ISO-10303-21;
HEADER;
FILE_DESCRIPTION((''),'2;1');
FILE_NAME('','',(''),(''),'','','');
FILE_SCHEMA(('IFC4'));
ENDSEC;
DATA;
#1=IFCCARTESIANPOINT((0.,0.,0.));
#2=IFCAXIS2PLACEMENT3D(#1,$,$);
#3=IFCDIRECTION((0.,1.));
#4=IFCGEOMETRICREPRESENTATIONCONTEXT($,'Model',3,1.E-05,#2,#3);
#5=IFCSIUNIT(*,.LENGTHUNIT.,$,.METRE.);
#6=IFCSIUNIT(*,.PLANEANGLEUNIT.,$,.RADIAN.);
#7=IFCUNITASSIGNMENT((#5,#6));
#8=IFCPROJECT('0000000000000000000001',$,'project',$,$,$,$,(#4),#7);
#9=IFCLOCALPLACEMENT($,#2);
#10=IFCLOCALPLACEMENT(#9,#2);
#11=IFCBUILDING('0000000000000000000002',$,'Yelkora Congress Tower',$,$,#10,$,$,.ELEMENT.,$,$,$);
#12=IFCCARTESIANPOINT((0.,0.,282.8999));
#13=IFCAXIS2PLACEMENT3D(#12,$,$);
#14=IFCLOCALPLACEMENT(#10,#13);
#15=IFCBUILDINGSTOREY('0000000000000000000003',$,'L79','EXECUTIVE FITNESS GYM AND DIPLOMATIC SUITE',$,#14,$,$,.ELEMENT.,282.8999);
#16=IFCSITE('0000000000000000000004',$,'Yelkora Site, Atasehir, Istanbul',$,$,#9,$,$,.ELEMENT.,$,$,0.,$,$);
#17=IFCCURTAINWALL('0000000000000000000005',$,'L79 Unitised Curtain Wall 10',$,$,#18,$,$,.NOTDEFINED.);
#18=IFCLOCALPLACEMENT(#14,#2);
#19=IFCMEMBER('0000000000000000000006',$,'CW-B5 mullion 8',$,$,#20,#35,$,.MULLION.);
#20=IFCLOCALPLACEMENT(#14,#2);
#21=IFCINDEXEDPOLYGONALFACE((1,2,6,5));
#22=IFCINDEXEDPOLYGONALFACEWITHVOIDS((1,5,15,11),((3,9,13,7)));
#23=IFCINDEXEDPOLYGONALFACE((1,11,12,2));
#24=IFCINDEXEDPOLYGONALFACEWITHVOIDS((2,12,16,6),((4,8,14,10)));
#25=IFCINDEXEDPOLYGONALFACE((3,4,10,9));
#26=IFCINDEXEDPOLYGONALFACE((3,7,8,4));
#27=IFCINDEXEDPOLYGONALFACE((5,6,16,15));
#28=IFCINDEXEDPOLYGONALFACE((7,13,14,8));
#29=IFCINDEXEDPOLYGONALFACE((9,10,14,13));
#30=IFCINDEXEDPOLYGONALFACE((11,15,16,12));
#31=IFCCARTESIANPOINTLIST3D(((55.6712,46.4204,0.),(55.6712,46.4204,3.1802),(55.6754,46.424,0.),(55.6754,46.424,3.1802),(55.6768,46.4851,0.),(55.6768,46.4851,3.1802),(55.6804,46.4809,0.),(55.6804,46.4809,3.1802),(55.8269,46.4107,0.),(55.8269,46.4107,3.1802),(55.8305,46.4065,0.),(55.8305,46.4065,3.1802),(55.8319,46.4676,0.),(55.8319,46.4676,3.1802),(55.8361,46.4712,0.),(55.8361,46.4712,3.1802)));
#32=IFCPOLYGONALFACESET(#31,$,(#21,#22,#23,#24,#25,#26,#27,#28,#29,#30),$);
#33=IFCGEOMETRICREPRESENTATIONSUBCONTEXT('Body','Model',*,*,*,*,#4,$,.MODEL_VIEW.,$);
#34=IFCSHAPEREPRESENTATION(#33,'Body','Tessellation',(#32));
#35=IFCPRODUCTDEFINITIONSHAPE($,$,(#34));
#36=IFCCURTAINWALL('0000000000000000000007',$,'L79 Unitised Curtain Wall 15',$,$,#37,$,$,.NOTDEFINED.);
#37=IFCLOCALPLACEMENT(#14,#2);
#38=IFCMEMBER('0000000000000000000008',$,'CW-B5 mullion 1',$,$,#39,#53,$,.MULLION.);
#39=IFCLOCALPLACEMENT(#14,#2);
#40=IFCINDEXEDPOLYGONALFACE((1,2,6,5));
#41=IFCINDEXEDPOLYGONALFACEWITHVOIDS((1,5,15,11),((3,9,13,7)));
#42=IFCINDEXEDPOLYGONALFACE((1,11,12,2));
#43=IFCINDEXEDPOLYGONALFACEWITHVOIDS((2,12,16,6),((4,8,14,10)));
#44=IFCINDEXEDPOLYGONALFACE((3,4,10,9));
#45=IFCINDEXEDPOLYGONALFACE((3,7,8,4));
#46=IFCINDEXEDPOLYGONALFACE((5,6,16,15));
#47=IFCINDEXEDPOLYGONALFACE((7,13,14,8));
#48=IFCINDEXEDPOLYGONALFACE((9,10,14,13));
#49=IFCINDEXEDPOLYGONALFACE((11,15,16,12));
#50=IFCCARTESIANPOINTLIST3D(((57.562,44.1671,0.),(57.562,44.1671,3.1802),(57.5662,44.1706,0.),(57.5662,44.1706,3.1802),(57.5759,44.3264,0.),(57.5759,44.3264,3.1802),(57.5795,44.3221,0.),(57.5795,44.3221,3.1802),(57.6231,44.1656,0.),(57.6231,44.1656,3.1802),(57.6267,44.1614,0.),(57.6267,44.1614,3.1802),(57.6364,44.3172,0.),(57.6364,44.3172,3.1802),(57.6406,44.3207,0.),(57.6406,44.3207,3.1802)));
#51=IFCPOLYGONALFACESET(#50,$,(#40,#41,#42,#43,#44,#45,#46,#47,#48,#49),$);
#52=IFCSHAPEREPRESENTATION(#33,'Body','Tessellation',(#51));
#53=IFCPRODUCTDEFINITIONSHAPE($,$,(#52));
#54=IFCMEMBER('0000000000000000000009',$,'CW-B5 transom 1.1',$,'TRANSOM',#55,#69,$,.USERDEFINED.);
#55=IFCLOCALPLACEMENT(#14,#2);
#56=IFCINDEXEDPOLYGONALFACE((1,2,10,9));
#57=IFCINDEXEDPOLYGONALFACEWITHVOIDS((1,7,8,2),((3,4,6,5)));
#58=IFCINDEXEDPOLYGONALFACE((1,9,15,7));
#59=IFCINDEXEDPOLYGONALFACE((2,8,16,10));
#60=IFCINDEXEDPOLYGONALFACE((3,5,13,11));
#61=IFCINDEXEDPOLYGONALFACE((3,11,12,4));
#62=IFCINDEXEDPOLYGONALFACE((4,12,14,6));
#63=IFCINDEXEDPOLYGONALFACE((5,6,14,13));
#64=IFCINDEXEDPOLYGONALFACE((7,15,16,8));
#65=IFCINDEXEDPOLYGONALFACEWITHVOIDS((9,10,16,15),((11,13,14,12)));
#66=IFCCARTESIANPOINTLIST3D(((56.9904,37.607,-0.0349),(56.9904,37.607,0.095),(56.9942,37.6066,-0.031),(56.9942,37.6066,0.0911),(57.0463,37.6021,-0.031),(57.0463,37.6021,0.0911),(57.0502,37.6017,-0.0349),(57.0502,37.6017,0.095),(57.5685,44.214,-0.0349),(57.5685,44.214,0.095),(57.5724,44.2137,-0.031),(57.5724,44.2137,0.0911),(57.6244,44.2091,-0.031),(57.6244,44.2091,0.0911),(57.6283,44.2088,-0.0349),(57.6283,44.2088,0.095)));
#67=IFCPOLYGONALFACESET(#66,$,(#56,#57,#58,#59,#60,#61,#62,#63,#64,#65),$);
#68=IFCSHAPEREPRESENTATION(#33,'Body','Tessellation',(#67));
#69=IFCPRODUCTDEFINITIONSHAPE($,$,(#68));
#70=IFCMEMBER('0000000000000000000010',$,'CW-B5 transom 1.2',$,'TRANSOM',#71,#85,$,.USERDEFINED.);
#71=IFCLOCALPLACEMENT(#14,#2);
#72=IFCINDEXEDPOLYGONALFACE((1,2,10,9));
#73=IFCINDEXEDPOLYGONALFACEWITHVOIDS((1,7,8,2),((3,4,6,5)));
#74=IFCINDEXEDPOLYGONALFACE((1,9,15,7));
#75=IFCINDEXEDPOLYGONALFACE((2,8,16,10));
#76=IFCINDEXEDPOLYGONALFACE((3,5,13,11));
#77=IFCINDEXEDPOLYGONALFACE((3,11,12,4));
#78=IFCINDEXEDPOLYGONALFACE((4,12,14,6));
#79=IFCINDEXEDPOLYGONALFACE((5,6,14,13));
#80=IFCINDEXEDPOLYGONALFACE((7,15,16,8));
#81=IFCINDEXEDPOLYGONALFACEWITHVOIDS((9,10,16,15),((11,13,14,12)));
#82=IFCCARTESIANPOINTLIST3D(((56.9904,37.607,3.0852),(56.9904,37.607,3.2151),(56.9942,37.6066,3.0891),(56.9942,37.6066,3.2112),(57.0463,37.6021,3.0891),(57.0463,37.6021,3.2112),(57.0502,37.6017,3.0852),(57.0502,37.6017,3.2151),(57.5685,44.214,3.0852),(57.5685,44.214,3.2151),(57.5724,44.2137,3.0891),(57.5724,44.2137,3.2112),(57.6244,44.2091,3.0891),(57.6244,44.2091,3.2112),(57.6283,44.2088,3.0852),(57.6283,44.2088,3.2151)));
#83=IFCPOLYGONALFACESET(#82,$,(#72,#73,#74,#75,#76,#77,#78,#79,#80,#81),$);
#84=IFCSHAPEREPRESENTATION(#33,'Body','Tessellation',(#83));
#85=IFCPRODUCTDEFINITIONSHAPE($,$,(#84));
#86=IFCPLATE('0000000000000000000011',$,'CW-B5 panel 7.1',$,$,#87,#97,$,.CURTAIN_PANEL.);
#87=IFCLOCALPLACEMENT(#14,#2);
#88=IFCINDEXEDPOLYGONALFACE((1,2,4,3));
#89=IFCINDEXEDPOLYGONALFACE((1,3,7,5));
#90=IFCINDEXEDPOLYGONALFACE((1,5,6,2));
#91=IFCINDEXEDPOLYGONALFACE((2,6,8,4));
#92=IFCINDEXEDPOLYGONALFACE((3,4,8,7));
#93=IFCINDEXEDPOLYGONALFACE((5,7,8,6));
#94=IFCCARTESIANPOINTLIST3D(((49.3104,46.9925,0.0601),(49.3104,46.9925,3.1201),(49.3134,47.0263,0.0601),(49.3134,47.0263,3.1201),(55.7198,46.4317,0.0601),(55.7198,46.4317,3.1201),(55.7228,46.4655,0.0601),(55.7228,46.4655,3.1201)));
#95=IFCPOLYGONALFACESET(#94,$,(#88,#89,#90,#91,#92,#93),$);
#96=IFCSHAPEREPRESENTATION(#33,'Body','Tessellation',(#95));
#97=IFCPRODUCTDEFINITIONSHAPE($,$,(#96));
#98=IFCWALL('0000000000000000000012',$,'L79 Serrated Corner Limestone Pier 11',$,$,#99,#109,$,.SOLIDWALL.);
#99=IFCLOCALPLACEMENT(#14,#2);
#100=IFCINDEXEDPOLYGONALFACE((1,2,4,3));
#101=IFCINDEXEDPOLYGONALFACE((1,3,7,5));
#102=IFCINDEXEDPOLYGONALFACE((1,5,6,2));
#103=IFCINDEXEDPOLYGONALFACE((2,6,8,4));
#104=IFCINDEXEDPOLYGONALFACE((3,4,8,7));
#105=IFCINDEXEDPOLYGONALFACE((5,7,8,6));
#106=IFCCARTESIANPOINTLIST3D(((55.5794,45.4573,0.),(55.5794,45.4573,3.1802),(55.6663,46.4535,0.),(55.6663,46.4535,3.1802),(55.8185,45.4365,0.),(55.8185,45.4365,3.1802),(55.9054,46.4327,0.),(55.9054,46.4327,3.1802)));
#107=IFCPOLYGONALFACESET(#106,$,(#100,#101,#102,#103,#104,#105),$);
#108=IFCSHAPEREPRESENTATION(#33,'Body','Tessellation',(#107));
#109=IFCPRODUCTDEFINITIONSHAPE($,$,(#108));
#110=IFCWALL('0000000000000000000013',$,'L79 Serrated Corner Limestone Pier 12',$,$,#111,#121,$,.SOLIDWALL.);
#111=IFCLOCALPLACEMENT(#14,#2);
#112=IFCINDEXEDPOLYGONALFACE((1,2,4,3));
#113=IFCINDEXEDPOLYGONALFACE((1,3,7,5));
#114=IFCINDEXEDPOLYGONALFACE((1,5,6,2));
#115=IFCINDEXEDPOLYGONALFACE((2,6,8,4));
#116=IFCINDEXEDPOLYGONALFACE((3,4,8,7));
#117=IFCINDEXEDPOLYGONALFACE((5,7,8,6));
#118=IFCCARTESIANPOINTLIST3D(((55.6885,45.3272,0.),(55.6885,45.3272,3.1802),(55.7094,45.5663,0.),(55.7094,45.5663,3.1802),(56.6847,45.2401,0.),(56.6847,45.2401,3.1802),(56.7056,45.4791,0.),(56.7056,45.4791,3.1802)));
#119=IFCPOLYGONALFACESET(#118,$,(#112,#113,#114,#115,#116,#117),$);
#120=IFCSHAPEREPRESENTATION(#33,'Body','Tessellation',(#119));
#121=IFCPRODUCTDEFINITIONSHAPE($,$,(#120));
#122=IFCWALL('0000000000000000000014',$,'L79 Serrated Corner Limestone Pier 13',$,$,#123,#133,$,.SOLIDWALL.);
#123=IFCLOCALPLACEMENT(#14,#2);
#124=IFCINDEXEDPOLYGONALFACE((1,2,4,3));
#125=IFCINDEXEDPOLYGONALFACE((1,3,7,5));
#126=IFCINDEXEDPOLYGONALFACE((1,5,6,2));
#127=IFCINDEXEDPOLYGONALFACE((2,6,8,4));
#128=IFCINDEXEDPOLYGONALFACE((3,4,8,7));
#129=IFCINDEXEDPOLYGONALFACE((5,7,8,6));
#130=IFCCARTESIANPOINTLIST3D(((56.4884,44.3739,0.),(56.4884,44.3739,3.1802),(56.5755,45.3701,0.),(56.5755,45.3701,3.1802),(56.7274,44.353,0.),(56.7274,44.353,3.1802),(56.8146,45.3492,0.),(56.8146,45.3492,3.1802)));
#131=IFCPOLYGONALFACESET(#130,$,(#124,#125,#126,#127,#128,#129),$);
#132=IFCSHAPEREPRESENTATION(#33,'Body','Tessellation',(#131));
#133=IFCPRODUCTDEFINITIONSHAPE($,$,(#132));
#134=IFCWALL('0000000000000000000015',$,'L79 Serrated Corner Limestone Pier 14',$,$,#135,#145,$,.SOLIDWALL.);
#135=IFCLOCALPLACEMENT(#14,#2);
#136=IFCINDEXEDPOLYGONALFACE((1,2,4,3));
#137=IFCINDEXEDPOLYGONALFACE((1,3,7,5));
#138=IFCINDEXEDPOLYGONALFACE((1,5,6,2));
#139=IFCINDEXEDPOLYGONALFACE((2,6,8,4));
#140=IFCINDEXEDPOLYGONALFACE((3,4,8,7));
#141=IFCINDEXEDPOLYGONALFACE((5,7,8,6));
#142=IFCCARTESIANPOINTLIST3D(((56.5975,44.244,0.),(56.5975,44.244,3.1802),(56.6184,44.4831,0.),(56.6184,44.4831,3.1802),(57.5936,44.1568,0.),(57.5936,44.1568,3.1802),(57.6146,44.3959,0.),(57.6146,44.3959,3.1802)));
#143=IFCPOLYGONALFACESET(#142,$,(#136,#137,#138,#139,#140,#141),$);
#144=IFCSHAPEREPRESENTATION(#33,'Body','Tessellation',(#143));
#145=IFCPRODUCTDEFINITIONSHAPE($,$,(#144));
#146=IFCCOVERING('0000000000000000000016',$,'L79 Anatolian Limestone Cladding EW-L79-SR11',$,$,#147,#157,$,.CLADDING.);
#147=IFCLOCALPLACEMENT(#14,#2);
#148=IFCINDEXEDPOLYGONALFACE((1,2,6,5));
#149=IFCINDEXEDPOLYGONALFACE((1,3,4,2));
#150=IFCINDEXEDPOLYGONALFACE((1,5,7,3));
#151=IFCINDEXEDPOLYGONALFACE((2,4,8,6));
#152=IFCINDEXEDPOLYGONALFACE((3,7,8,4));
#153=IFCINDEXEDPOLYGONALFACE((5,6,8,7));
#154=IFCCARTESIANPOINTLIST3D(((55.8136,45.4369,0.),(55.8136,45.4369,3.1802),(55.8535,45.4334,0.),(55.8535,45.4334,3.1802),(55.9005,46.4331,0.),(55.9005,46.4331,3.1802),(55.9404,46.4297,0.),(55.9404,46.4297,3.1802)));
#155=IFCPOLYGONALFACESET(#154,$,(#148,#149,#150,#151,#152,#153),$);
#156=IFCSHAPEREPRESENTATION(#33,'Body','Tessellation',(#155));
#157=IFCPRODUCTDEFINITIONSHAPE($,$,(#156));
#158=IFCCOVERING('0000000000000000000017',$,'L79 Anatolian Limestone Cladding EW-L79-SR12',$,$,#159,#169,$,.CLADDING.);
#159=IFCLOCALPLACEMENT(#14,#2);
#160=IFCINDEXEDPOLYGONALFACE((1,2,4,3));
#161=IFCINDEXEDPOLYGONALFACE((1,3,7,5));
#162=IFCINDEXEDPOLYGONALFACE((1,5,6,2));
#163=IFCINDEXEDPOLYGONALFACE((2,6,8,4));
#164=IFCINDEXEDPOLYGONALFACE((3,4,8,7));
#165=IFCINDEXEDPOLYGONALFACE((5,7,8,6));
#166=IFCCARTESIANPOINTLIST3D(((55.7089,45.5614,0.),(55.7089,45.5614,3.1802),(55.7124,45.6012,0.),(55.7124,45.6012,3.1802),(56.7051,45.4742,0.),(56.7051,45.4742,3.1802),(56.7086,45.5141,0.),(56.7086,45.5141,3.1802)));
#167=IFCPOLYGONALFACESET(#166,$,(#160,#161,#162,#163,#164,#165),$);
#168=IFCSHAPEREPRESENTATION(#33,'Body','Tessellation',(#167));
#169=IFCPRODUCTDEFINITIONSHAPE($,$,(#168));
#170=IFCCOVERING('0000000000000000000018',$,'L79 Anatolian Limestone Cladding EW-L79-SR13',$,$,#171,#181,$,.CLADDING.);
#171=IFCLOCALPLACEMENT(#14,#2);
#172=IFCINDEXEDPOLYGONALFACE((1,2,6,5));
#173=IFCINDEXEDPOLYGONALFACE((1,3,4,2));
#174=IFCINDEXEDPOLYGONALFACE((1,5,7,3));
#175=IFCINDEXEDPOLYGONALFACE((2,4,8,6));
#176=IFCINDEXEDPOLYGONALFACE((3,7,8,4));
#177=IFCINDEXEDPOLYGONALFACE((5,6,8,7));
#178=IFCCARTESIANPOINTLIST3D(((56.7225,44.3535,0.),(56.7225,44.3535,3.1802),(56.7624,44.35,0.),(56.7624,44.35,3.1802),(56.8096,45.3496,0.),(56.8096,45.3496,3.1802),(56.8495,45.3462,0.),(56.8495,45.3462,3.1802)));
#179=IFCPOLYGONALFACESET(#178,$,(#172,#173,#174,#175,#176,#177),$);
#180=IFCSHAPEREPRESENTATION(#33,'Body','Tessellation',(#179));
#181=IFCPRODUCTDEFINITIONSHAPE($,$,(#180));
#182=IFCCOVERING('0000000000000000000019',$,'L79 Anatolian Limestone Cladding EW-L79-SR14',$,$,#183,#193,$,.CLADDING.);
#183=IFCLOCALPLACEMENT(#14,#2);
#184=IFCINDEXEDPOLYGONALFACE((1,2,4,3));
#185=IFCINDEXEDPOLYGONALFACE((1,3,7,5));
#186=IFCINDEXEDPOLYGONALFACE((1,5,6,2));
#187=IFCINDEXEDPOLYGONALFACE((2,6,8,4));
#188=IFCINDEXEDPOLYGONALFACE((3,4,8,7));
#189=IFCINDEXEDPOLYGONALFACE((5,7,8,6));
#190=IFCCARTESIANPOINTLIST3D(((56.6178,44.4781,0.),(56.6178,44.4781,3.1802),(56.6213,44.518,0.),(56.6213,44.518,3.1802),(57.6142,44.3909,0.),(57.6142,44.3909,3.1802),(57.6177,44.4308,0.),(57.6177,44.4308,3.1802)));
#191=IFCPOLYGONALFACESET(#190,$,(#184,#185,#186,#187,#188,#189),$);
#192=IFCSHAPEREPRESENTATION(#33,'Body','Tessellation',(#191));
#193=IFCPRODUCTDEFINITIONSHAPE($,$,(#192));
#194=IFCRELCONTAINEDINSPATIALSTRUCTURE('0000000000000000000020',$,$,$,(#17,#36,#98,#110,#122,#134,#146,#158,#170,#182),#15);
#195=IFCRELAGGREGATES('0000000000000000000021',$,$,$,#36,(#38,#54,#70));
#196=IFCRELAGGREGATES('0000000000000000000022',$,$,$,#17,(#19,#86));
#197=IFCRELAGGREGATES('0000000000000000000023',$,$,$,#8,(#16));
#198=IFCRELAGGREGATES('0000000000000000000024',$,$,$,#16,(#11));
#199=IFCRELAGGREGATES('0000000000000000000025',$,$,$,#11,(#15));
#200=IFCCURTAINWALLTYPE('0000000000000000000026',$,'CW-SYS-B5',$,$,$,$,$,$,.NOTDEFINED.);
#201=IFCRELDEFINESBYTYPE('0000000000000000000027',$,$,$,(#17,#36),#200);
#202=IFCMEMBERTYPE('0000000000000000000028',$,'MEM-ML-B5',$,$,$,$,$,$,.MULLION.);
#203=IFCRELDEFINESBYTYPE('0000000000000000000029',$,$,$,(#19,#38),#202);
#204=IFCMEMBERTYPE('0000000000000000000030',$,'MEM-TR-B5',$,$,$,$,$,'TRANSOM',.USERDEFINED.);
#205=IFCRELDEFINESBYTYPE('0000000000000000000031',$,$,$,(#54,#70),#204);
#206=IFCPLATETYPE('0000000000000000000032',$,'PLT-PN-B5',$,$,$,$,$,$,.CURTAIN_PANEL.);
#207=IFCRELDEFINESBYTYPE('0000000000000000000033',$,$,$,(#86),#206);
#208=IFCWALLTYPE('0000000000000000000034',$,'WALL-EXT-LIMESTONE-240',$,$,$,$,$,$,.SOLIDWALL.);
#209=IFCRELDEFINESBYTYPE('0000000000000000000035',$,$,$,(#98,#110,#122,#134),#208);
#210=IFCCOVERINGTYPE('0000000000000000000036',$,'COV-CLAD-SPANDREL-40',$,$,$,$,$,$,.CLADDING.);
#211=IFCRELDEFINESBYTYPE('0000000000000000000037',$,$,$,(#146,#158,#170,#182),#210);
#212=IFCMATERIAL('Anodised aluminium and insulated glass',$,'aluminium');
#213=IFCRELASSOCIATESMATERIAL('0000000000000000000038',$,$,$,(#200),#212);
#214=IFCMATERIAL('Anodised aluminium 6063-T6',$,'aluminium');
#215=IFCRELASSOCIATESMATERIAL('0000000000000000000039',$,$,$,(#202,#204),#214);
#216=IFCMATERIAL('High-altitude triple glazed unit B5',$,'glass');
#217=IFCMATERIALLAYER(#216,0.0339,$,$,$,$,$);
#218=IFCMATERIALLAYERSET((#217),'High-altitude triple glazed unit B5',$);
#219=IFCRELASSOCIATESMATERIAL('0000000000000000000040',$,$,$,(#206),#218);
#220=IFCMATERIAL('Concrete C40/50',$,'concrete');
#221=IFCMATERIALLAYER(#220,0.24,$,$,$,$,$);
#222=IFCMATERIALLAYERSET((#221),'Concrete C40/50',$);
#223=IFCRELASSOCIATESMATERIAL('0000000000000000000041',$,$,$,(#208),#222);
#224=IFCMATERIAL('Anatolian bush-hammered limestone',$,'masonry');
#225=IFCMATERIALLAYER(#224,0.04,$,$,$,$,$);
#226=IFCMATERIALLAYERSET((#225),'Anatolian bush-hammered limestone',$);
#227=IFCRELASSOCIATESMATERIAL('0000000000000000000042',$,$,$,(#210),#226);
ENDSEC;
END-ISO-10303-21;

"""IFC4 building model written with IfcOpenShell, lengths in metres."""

from ifc_helpers import new_model, si_unit, direction, frame, frame_2d, origin, origin_2d, place, context, subcontext, project, spatial, rectangle, hollow_rectangle, extrude, material, layer, layer_set, material_profile, profile_set, type_object, element, aggregate, save


model = new_model("IFC4")

# Units and contexts
model_context = context("Model", 3, precision=1e-05, world=origin(), true_north=direction((0.0, 1.0)))
body_context = subcontext(model_context, "Body", "Model", "MODEL_VIEW")
ifc_project = project(units=[si_unit("LENGTHUNIT", "METRE"), si_unit("PLANEANGLEUNIT", "RADIAN")], contexts=[model_context])

# Site, building, storey
site_placement = place(None, origin())
site = spatial("IfcSite", under=ifc_project, at=site_placement, Name="Yelkora Site, Atasehir, Istanbul", CompositionType="ELEMENT", RefElevation=0.0)
building_placement = place(site_placement, origin())
building = spatial("IfcBuilding", under=site, at=building_placement, Name="Yelkora Congress Tower", CompositionType="ELEMENT")
storey_placement = place(building_placement, frame((0.0, 0.0, 282.8999)))
storey = spatial("IfcBuildingStorey", under=building, at=storey_placement, Name="L79", Description="EXECUTIVE FITNESS GYM AND DIPLOMATIC SUITE", CompositionType="ELEMENT", Elevation=282.8999)

# Curtain wall, member
ifc_material_1 = material(Name="Anodised aluminium and insulated glass", Category="aluminium")
curtain_wall_type = type_object("IfcCurtainWallType", Name="CW-SYS-B5", PredefinedType="NOTDEFINED", material=ifc_material_1)
curtain_wall_1_placement = place(storey_placement, origin())
curtain_wall_1 = element("IfcCurtainWall", 1, at=curtain_wall_1_placement, inside=storey, type_object=curtain_wall_type, Name="L79 Unitised Curtain Wall 10", PredefinedType="NOTDEFINED")
ifc_material_2 = material(Name="Anodised aluminium 6063-T6", Category="aluminium")
ifc_material_profile_1 = material_profile(ifc_material_2, hollow_rectangle(XDim=0.0649, YDim=0.1599, WallThickness=0.0039, at=origin_2d()), Name="ALU 65x160x4")
ifc_profile_set_1 = profile_set([ifc_material_profile_1], Name="Anodised aluminium 6063-T6")
member_type_1 = type_object("IfcMemberType", Name="MEM-ML-B5", PredefinedType="MULLION", material=ifc_profile_set_1)
member_1_placement = place(storey_placement, frame((55.7537, 46.4458, 0.0), z_axis=(0.0, 0.0, 1.0), x_axis=(0.087157, 0.996195, 0.0)))
member_1 = element("IfcMember", 2, at=member_1_placement, type_object=member_type_1, Name="CW-B5 mullion 8", PredefinedType="MULLION", context=body_context, shape_type="SweptSolid", body=[
    extrude(hollow_rectangle(XDim=0.0649, YDim=0.1599, WallThickness=0.0039, at=origin_2d()), origin(), (0.0, 0.0, 1.0), 3.1802),
])

# Curtain wall, members
curtain_wall_2_placement = place(storey_placement, origin())
curtain_wall_2 = element("IfcCurtainWall", 3, at=curtain_wall_2_placement, inside=storey, type_object=curtain_wall_type, Name="L79 Unitised Curtain Wall 15", PredefinedType="NOTDEFINED")
member_2_placement = place(storey_placement, frame((57.6013, 44.2439, 0.0), z_axis=(0.0, 0.0, 1.0), x_axis=(0.996194, -0.087158, 0.0)))
member_2 = element("IfcMember", 4, at=member_2_placement, type_object=member_type_1, Name="CW-B5 mullion 1", PredefinedType="MULLION", context=body_context, shape_type="SweptSolid", body=[
    extrude(hollow_rectangle(XDim=0.0649, YDim=0.1599, WallThickness=0.0039, at=origin_2d()), origin(), (0.0, 0.0, 1.0), 3.1802),
])
ifc_material_profile_2 = material_profile(ifc_material_2, hollow_rectangle(XDim=0.0601, YDim=0.1299, WallThickness=0.0039, at=origin_2d()), Name="ALU 60x130x4")
ifc_profile_set_2 = profile_set([ifc_material_profile_2], Name="Anodised aluminium 6063-T6")
member_type_2 = type_object("IfcMemberType", Name="MEM-TR-B5", ElementType="TRANSOM", PredefinedType="USERDEFINED", material=ifc_profile_set_2)
member_3_placement = place(storey_placement, frame((57.5984, 44.2114, 0.03), z_axis=(-0.087166, -0.996194, 0.0), x_axis=(0.996194, -0.087166, 0.0)))
member_3 = element("IfcMember", 5, at=member_3_placement, type_object=member_type_2, Name="CW-B5 transom 1.1", ObjectType="TRANSOM", PredefinedType="USERDEFINED", context=body_context, shape_type="SweptSolid", body=[
    extrude(hollow_rectangle(XDim=0.0601, YDim=0.1299, WallThickness=0.0039, at=origin_2d()), origin(), (0.0, 0.0, 1.0), 6.6323),
])
member_4_placement = place(storey_placement, frame((57.5984, 44.2114, 3.1501), z_axis=(-0.087166, -0.996194, 0.0), x_axis=(0.996194, -0.087166, 0.0)))
member_4 = element("IfcMember", 6, at=member_4_placement, type_object=member_type_2, Name="CW-B5 transom 1.2", ObjectType="TRANSOM", PredefinedType="USERDEFINED", context=body_context, shape_type="SweptSolid", body=[
    extrude(hollow_rectangle(XDim=0.0601, YDim=0.1299, WallThickness=0.0039, at=origin_2d()), origin(), (0.0, 0.0, 1.0), 6.6323),
])
aggregate(curtain_wall_2, [member_2, member_3, member_4])

# Plate
ifc_material_3 = material(Name="High-altitude triple glazed unit B5", Category="glass")
ifc_layer_1 = layer(ifc_material_3, 0.0339)
ifc_layer_set_1 = layer_set([ifc_layer_1], Name="High-altitude triple glazed unit B5")
plate_type = type_object("IfcPlateType", Name="PLT-PN-B5", PredefinedType="CURTAIN_PANEL", material=ifc_layer_set_1)
plate_placement = place(storey_placement, frame((52.5166, 46.729, 0.0601), z_axis=(0.0, 0.0, 1.0), x_axis=(0.996195, -0.087157, 0.0)))
plate = element("IfcPlate", 7, at=plate_placement, type_object=plate_type, Name="CW-B5 panel 7.1", PredefinedType="CURTAIN_PANEL", context=body_context, shape_type="SweptSolid", body=[
    extrude(rectangle(XDim=6.4338, YDim=0.0339, at=origin_2d()), origin(), (0.0, 0.0, 1.0), 3.0601),
])
aggregate(curtain_wall_1, [member_1, plate])

# Walls
ifc_material_4 = material(Name="Concrete C40/50", Category="concrete")
ifc_layer_2 = layer(ifc_material_4, 0.24)
ifc_layer_set_2 = layer_set([ifc_layer_2], Name="Concrete C40/50")
wall_type = type_object("IfcWallType", Name="WALL-EXT-LIMESTONE-240", PredefinedType="SOLIDWALL", material=ifc_layer_set_2)
for number, where, z_axis, x_axis, name in (
    (8, (55.7859, 46.4431, 0.0), (0.0, 0.0, 1.0), (-0.086903, -0.996217, 0.0), "L79 Serrated Corner Limestone Pier 11"),
    (9, (55.699, 45.4468, 0.0), (0.0, 0.0, 1.0), (0.996194, -0.087167, 0.0), "L79 Serrated Corner Limestone Pier 12"),
    (10, (56.6951, 45.3596, 0.0), (0.0, 0.0, 1.0), (-0.087167, -0.996194, 0.0), "L79 Serrated Corner Limestone Pier 13"),
    (11, (56.6079, 44.3635, 0.0), (0.0, 0.0, 1.0), (0.996194, -0.087167, 0.0), "L79 Serrated Corner Limestone Pier 14"),
):
    element("IfcWall", number, at=place(storey_placement, frame(where, z_axis=z_axis, x_axis=x_axis)), inside=storey, type_object=wall_type, Name=name, PredefinedType="SOLIDWALL", context=body_context, shape_type="SweptSolid", body=[
        extrude(rectangle(XDim=1.0, YDim=0.24, at=frame_2d((0.5, 0.0))), origin(), (0.0, 0.0, 1.0), 3.1802),
    ])

# Coverings
ifc_material_5 = material(Name="Anatolian bush-hammered limestone", Category="masonry")
ifc_layer_3 = layer(ifc_material_5, 0.04)
ifc_layer_set_3 = layer_set([ifc_layer_3], Name="Anatolian bush-hammered limestone")
covering_type = type_object("IfcCoveringType", Name="COV-CLAD-SPANDREL-40", PredefinedType="CLADDING", material=ifc_layer_set_3)
for number, where, z_axis, x_axis, name in (
    (12, (55.9204, 46.4314, 0.0), (0.0, 0.0, 1.0), (-0.086903, -0.996217, 0.0), "L79 Anatolian Limestone Cladding EW-L79-SR11"),
    (13, (55.7107, 45.5813, 0.0), (0.0, 0.0, 1.0), (0.996194, -0.087167, 0.0), "L79 Anatolian Limestone Cladding EW-L79-SR12"),
    (14, (56.8296, 45.3479, 0.0), (0.0, 0.0, 1.0), (-0.087167, -0.996194, 0.0), "L79 Anatolian Limestone Cladding EW-L79-SR13"),
):
    element("IfcCovering", number, at=place(storey_placement, frame(where, z_axis=z_axis, x_axis=x_axis)), inside=storey, type_object=covering_type, Name=name, PredefinedType="CLADDING", context=body_context, shape_type="SweptSolid", body=[
        extrude(rectangle(XDim=1.0, YDim=0.04, at=frame_2d((0.5, 0.0))), origin(), (0.0, 0.0, 1.0), 3.1802),
    ])
covering_placement = place(storey_placement, frame((56.6196, 44.498, 0.0), z_axis=(0.0, 0.0, 1.0), x_axis=(0.996196, -0.087146, 0.0)))
element("IfcCovering", 15, at=covering_placement, inside=storey, type_object=covering_type, Name="L79 Anatolian Limestone Cladding EW-L79-SR14", PredefinedType="CLADDING", context=body_context, shape_type="SweptSolid", body=[
    extrude(rectangle(XDim=1.0002, YDim=0.04, at=frame_2d((0.5, 0.0))), origin(), (0.0, 0.0, 1.0), 3.1802),
])

save(model, "model.ifc")
